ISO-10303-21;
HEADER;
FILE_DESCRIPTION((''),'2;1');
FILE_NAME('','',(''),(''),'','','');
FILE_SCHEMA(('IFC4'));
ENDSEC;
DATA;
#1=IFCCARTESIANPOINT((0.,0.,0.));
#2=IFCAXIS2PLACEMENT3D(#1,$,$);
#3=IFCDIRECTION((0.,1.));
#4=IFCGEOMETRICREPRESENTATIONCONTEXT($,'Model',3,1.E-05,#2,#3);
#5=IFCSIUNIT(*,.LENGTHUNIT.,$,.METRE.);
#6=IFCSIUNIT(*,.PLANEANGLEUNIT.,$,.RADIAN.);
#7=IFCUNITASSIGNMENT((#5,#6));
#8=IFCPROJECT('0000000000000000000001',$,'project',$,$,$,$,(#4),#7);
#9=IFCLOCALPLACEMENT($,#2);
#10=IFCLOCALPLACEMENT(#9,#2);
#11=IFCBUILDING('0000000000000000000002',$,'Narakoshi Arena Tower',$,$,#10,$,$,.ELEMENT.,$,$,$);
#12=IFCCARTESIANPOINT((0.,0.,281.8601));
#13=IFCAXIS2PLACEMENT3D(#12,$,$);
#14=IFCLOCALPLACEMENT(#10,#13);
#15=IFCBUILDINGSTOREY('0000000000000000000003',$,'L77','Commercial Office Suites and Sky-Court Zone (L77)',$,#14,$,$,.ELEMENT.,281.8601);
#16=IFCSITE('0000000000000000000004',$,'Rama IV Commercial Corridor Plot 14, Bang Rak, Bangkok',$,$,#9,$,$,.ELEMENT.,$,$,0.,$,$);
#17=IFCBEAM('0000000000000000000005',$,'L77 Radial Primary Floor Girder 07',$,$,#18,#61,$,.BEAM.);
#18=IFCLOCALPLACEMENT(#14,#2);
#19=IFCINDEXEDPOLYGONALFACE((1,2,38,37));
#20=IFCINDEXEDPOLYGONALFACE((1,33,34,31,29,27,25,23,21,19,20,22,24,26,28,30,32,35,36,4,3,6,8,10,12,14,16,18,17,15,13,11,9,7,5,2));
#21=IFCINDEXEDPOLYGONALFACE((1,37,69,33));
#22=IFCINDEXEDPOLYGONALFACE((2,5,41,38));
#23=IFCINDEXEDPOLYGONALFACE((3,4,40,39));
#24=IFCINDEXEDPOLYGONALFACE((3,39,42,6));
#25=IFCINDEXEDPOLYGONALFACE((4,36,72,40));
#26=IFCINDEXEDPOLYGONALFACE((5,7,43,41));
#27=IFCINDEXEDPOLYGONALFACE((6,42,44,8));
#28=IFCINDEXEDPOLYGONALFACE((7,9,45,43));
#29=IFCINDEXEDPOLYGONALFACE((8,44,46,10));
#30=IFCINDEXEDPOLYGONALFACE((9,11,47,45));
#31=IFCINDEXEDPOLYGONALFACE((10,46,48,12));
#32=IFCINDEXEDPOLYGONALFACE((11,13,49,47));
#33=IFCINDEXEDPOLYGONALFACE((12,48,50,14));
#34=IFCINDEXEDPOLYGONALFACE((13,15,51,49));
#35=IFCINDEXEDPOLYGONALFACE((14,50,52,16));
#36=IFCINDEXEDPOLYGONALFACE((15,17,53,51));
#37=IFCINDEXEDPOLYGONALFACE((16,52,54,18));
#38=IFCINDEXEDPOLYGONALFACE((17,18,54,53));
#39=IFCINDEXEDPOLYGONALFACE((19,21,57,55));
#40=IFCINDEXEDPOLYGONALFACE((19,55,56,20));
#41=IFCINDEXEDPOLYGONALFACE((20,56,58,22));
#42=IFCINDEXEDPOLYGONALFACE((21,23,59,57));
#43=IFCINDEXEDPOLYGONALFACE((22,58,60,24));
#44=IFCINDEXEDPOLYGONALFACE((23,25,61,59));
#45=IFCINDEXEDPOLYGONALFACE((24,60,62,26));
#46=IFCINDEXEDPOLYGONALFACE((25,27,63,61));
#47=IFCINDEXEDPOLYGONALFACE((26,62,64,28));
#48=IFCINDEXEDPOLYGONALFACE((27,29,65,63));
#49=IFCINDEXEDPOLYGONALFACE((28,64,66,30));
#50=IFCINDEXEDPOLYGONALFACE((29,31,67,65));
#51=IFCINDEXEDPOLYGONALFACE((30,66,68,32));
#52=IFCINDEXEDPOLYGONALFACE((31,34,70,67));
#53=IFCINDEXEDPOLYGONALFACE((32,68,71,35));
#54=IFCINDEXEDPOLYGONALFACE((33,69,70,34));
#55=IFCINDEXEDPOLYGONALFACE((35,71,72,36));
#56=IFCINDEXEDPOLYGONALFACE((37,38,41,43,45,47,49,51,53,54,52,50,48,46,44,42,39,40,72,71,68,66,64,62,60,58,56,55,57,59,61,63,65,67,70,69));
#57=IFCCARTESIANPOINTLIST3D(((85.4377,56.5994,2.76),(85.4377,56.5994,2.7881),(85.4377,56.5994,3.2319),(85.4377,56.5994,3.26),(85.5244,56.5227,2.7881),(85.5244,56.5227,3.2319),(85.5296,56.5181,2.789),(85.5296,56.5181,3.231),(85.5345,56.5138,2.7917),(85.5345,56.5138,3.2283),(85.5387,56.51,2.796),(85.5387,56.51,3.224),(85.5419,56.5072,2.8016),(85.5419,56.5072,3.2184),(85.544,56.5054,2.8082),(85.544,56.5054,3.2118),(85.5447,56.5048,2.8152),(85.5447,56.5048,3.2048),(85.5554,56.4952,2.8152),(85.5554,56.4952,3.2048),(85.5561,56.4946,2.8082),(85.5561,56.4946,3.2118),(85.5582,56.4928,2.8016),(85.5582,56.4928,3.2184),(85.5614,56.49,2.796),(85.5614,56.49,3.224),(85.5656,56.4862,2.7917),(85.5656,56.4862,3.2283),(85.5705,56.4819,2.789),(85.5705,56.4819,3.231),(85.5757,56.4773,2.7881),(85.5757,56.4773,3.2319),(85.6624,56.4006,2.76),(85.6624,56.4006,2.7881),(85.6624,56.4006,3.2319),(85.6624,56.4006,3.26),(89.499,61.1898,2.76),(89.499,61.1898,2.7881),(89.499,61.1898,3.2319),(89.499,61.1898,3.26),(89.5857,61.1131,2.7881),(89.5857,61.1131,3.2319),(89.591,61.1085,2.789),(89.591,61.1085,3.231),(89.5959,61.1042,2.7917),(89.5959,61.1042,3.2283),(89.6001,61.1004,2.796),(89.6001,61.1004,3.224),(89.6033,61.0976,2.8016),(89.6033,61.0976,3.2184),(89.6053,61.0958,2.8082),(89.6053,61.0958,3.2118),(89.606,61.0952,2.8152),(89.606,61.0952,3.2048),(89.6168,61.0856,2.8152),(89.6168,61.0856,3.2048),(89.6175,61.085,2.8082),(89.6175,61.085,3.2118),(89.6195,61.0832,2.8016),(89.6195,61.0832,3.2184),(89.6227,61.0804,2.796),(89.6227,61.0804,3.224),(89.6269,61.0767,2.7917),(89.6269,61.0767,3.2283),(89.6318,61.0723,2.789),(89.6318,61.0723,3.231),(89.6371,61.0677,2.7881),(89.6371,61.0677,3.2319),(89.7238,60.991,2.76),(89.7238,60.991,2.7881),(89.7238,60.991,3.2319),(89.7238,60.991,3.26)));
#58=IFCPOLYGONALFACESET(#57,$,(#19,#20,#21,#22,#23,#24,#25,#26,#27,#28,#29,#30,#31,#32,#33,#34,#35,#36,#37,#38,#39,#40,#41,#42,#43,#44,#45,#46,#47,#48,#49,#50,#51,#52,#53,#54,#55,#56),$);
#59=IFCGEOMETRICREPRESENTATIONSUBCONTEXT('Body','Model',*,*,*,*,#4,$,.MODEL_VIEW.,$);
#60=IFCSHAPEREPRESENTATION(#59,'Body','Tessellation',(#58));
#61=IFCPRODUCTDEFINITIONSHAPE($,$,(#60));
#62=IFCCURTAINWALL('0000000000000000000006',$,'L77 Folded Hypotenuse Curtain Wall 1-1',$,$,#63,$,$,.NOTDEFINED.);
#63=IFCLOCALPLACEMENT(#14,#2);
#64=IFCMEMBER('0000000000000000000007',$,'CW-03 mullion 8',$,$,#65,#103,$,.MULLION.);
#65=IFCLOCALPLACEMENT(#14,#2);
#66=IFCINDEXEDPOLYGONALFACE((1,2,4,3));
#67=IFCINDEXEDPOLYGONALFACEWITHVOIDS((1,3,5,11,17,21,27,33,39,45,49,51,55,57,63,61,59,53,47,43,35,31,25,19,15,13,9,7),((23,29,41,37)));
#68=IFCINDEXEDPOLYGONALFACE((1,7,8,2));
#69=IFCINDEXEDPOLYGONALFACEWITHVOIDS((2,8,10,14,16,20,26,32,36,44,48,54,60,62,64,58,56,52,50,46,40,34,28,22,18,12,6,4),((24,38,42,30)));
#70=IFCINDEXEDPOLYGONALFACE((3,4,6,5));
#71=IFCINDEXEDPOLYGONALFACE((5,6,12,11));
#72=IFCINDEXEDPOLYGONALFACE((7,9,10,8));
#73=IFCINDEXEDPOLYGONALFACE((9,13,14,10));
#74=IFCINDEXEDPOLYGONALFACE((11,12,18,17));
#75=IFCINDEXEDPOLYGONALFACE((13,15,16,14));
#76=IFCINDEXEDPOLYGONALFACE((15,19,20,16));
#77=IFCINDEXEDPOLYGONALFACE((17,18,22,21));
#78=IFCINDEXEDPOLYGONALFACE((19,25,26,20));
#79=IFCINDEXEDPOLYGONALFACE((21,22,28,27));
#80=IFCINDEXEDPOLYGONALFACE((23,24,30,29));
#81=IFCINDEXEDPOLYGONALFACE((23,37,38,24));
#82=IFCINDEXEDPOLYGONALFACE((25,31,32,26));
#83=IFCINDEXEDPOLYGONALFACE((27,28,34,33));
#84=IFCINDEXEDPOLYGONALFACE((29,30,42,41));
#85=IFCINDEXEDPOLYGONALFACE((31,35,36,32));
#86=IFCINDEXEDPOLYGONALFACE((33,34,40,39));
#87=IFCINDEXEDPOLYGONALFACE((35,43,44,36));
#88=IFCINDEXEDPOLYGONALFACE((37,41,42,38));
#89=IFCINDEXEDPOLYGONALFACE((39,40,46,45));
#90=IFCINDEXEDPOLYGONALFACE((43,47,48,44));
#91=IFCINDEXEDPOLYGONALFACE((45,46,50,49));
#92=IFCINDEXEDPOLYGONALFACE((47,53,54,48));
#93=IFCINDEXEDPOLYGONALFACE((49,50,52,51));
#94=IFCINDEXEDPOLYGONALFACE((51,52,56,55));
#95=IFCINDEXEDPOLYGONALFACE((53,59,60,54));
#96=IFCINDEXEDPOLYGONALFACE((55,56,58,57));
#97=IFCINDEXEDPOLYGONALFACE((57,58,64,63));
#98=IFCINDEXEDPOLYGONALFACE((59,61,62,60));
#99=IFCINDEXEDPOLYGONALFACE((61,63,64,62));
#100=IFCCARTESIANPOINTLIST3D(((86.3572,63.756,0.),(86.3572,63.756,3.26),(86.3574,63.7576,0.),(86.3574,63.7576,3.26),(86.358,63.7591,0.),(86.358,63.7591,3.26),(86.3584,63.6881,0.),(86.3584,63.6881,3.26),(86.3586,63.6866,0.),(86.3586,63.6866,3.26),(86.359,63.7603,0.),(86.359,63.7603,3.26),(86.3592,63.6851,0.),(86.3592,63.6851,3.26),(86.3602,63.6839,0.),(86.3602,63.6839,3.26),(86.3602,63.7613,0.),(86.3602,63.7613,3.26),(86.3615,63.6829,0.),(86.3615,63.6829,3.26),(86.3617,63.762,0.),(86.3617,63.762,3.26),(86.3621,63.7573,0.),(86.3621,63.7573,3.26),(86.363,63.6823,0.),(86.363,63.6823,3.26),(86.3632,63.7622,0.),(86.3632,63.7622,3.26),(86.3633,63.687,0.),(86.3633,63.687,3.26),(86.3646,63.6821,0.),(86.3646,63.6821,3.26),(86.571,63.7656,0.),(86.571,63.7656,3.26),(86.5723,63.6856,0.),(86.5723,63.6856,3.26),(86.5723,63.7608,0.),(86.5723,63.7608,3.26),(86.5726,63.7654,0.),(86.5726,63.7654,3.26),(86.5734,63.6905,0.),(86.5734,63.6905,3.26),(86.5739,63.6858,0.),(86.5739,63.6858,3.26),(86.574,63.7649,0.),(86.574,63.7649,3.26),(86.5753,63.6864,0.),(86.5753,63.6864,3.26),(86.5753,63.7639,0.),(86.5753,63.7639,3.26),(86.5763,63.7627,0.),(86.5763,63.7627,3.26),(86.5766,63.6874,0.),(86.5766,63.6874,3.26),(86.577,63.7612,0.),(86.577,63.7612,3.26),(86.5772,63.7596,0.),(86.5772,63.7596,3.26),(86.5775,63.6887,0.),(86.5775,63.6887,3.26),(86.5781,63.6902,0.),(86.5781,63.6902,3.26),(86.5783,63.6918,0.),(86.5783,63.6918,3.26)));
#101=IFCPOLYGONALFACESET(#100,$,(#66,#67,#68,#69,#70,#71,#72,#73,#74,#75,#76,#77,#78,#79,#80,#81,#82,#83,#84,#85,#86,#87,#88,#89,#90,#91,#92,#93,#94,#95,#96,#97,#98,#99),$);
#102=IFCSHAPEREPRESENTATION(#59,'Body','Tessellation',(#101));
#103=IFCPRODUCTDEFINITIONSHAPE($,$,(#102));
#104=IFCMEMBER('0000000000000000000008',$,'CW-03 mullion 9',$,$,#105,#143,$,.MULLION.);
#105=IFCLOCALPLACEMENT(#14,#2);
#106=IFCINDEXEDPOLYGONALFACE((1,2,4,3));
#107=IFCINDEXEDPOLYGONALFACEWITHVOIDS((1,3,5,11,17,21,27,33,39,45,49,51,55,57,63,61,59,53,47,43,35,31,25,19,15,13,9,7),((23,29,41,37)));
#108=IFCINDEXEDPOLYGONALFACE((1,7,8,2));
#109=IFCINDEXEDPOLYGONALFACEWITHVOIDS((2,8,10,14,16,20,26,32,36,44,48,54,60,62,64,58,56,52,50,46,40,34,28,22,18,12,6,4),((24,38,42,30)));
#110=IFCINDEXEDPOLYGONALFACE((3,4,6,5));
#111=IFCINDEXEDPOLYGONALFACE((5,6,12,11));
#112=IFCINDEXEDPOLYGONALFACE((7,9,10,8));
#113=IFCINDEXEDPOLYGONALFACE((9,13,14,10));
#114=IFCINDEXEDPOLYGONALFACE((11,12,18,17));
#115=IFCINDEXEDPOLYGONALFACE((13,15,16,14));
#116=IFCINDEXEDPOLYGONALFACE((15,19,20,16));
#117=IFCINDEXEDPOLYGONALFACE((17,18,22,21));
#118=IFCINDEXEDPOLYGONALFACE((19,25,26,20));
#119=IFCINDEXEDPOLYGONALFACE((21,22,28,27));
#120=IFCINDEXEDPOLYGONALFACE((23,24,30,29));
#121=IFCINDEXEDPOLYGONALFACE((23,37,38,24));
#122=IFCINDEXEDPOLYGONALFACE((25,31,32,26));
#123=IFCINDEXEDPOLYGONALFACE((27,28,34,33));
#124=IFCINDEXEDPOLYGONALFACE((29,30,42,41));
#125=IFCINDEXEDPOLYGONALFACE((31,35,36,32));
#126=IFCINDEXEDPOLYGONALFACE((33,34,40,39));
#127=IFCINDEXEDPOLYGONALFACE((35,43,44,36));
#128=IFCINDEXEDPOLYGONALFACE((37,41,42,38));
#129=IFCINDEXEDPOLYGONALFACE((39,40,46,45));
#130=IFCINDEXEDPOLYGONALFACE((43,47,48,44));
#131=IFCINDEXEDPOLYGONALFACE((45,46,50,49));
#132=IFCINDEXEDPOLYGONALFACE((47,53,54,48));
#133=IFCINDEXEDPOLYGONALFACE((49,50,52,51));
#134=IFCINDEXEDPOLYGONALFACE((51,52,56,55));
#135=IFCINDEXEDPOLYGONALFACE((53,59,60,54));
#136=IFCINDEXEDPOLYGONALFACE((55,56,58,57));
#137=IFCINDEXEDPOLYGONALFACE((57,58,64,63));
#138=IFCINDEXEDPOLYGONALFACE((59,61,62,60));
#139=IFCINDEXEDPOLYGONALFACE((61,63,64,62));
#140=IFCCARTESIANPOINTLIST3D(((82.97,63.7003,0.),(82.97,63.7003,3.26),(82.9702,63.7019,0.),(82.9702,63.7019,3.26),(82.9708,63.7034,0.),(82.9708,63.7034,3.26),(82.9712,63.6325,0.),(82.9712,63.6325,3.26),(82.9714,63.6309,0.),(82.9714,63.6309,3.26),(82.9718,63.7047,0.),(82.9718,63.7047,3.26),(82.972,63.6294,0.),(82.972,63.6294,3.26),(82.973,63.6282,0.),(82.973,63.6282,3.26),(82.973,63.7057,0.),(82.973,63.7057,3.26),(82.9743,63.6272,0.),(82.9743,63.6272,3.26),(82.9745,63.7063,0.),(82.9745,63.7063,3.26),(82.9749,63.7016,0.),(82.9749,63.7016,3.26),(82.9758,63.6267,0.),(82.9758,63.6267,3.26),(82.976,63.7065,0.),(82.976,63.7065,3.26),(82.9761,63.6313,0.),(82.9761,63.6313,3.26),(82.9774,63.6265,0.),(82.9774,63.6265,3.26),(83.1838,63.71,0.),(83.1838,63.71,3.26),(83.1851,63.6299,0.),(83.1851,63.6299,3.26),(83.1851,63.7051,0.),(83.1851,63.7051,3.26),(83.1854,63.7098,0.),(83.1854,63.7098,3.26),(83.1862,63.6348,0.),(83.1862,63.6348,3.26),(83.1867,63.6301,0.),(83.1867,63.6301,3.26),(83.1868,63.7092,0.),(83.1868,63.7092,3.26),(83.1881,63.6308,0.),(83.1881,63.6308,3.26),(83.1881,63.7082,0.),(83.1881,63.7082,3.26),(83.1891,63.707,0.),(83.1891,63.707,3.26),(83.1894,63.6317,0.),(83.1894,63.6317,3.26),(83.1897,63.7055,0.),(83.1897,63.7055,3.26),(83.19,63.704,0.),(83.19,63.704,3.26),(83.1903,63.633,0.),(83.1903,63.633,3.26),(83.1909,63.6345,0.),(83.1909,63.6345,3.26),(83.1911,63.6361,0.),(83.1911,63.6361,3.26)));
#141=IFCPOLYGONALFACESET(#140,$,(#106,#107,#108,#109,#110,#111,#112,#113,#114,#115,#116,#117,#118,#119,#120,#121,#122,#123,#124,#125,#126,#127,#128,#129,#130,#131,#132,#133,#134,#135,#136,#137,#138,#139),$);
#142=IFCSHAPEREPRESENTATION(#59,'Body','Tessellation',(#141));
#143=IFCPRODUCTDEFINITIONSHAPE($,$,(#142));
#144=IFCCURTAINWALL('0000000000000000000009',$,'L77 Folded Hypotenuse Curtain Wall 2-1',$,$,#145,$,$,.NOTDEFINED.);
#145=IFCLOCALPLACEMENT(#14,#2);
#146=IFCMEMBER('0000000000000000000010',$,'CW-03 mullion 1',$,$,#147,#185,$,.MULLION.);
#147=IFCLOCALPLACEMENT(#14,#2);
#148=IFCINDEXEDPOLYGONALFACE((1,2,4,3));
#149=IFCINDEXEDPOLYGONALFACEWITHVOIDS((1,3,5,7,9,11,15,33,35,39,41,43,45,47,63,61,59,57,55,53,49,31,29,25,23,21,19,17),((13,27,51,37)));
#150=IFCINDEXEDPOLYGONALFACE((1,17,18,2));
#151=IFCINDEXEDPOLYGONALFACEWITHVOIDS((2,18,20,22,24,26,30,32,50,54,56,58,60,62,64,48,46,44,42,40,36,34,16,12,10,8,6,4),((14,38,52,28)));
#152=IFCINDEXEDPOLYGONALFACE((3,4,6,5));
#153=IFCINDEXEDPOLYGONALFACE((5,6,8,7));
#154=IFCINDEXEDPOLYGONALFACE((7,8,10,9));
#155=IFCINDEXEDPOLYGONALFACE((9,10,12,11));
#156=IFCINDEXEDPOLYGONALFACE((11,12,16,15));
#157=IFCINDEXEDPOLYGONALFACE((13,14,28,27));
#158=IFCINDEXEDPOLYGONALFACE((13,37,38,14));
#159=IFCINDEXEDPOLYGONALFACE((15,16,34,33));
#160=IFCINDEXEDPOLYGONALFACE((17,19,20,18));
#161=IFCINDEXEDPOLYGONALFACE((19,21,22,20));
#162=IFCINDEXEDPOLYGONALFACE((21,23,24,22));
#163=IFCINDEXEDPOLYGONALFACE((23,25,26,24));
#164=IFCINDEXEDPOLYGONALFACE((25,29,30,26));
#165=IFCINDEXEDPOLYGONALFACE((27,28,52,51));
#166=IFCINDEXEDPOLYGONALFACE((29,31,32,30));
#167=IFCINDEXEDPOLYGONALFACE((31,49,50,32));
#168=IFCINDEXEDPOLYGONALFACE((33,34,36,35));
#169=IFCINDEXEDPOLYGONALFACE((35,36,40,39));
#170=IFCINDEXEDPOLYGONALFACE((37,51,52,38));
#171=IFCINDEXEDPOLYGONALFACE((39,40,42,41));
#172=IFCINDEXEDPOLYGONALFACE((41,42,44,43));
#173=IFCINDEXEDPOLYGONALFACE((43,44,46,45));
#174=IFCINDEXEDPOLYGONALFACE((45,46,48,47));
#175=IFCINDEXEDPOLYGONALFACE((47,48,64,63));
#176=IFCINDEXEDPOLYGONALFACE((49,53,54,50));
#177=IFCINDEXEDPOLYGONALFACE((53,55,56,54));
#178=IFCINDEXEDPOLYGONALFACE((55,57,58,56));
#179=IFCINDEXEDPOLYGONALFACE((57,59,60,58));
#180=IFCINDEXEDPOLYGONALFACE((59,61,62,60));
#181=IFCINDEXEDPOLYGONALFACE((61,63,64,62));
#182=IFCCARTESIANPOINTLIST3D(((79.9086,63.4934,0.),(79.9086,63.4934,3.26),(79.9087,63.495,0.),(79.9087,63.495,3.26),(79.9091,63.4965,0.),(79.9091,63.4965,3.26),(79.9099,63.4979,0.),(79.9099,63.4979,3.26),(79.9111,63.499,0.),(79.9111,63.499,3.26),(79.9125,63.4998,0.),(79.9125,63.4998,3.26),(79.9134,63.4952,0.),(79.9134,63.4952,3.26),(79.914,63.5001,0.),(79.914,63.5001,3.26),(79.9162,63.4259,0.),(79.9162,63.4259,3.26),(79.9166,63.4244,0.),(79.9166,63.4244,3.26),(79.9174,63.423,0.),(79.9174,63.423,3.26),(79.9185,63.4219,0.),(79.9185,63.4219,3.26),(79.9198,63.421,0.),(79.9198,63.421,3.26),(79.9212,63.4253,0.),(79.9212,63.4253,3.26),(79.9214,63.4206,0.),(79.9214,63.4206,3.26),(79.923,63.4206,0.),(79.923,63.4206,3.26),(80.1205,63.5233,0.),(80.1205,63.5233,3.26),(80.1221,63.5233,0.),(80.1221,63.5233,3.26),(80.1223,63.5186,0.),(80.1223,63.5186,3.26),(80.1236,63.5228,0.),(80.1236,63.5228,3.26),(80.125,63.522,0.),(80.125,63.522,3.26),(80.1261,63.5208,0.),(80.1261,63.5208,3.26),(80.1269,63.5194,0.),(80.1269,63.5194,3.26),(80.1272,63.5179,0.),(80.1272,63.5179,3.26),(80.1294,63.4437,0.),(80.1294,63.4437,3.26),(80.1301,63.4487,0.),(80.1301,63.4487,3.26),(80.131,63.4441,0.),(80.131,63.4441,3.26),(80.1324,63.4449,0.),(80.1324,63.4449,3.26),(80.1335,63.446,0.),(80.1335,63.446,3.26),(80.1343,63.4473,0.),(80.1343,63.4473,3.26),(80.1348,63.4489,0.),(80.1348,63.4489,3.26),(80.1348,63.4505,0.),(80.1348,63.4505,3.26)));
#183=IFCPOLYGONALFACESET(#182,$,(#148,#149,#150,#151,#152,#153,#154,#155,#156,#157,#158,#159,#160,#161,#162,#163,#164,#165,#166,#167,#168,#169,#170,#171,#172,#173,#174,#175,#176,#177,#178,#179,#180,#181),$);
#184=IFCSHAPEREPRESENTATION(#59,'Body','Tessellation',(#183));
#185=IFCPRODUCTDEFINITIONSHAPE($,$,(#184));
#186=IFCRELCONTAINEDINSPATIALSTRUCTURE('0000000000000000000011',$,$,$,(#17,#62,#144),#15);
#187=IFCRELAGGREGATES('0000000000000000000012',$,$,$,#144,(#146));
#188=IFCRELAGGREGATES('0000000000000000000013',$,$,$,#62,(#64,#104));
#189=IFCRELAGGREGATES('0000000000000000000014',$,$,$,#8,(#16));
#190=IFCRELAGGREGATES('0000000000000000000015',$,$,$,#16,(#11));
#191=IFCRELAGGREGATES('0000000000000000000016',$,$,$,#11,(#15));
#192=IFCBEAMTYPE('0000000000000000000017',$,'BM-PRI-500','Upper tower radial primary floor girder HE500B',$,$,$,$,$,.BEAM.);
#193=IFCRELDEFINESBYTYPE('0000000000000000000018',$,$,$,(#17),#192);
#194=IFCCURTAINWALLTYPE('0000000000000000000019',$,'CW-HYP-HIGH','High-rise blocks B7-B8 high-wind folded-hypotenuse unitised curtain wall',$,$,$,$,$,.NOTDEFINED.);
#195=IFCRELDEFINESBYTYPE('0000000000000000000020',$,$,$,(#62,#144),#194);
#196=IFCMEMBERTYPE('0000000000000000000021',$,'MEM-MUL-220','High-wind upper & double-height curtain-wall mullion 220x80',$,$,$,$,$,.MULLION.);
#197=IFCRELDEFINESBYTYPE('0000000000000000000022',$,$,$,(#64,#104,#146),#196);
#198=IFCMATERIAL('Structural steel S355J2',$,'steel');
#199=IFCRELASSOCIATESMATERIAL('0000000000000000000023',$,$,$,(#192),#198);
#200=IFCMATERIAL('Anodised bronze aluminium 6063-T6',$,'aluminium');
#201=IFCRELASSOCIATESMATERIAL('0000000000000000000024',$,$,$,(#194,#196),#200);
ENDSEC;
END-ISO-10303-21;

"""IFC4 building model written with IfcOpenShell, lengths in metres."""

from ifc_helpers import new_model, si_unit, direction, frame, origin, origin_2d, place, context, subcontext, project, spatial, hollow_rectangle, i_section, extrude, material, material_profile, profile_set, type_object, element, aggregate, save


model = new_model("IFC4")

# Units and contexts
model_context = context("Model", 3, precision=1e-05, world=origin(), true_north=direction((0.0, 1.0)))
body_context = subcontext(model_context, "Body", "Model", "MODEL_VIEW")
ifc_project = project(units=[si_unit("LENGTHUNIT", "METRE"), si_unit("PLANEANGLEUNIT", "RADIAN")], contexts=[model_context])

# Site, building, storey
site_placement = place(None, origin())
site = spatial("IfcSite", under=ifc_project, at=site_placement, Name="Rama IV Commercial Corridor Plot 14, Bang Rak, Bangkok", CompositionType="ELEMENT", RefElevation=0.0)
building_placement = place(site_placement, origin())
building = spatial("IfcBuilding", under=site, at=building_placement, Name="Narakoshi Arena Tower", CompositionType="ELEMENT")
storey_placement = place(building_placement, frame((0.0, 0.0, 281.8601)))
storey = spatial("IfcBuildingStorey", under=building, at=storey_placement, Name="L77", Description="Commercial Office Suites and Sky-Court Zone (L77)", CompositionType="ELEMENT", Elevation=281.8601)

# Beam
ifc_material_1 = material(Name="Structural steel S355J2", Category="steel")
ifc_material_profile_1 = material_profile(ifc_material_1, i_section(OverallWidth=0.3, OverallDepth=0.5, WebThickness=0.0144, FlangeThickness=0.0281, FilletRadius=0.0271, at=origin_2d()), Name="HE500B")
ifc_profile_set_1 = profile_set([ifc_material_profile_1], Name="Structural steel S355J2")
beam_type = type_object("IfcBeamType", Name="BM-PRI-500", Description="Upper tower radial primary floor girder HE500B", PredefinedType="BEAM", material=ifc_profile_set_1)
beam_placement = place(storey_placement, frame((85.55, 56.5, 3.01), z_axis=(0.662629, 0.748948, 0.0), x_axis=(-0.748948, 0.662629, 0.0)))
element("IfcBeam", 1, at=beam_placement, inside=storey, type_object=beam_type, Name="L77 Radial Primary Floor Girder 07", PredefinedType="BEAM", context=body_context, shape_type="SweptSolid", body=[
    extrude(i_section(OverallWidth=0.3, OverallDepth=0.5, WebThickness=0.0144, FlangeThickness=0.0281, FilletRadius=0.0271, at=origin_2d()), origin(), (0.0, 0.0, 1.0), 6.1292),
])

# Curtain wall, members
ifc_material_2 = material(Name="Anodised bronze aluminium 6063-T6", Category="aluminium")
curtain_wall_type = type_object("IfcCurtainWallType", Name="CW-HYP-HIGH", Description="High-rise blocks B7-B8 high-wind folded-hypotenuse unitised curtain wall", PredefinedType="NOTDEFINED", material=ifc_material_2)
curtain_wall_1_placement = place(storey_placement, origin())
curtain_wall_1 = element("IfcCurtainWall", 2, at=curtain_wall_1_placement, inside=storey, type_object=curtain_wall_type, Name="L77 Folded Hypotenuse Curtain Wall 1-1", PredefinedType="NOTDEFINED")
ifc_material_profile_2 = material_profile(ifc_material_2, hollow_rectangle(XDim=0.0801, YDim=0.22, WallThickness=0.0049, OuterFilletRadius=0.0061, at=origin_2d()), Name="MUL220x80x5")
ifc_profile_set_2 = profile_set([ifc_material_profile_2], Name="Anodised bronze aluminium 6063-T6")
member_type_1 = type_object("IfcMemberType", Name="MEM-MUL-220", Description="High-wind upper & double-height curtain-wall mullion 220x80", PredefinedType="MULLION", material=ifc_profile_set_2)
member_1_placement = place(storey_placement, frame((86.4678, 63.7239, 0.0), z_axis=(0.0, 0.0, 1.0), x_axis=(0.016443, -0.999865, 0.0)))
member_1 = element("IfcMember", 3, at=member_1_placement, type_object=member_type_1, Name="CW-03 mullion 8", PredefinedType="MULLION", context=body_context, shape_type="SweptSolid", body=[
    extrude(hollow_rectangle(XDim=0.0801, YDim=0.22, WallThickness=0.0049, OuterFilletRadius=0.0061, at=origin_2d()), origin(), (0.0, 0.0, 1.0), 3.26),
])
member_2_placement = place(storey_placement, frame((83.0806, 63.6682, 0.0), z_axis=(0.0, 0.0, 1.0), x_axis=(0.016443, -0.999865, 0.0)))
member_2 = element("IfcMember", 4, at=member_2_placement, type_object=member_type_1, Name="CW-03 mullion 9", PredefinedType="MULLION", context=body_context, shape_type="SweptSolid", body=[
    extrude(hollow_rectangle(XDim=0.0801, YDim=0.22, WallThickness=0.0049, OuterFilletRadius=0.0061, at=origin_2d()), origin(), (0.0, 0.0, 1.0), 3.26),
])

# Curtain wall, member
curtain_wall_2_placement = place(storey_placement, origin())
curtain_wall_2 = element("IfcCurtainWall", 5, at=curtain_wall_2_placement, inside=storey, type_object=curtain_wall_type, Name="L77 Folded Hypotenuse Curtain Wall 2-1", PredefinedType="NOTDEFINED")
member_3_placement = place(storey_placement, frame((80.0217, 63.4719, 0.0), z_axis=(0.0, 0.0, 1.0), x_axis=(0.111396, -0.993776, 0.0)))
member_3 = element("IfcMember", 6, at=member_3_placement, type_object=member_type_1, Name="CW-03 mullion 1", PredefinedType="MULLION", context=body_context, shape_type="SweptSolid", body=[
    extrude(hollow_rectangle(XDim=0.0801, YDim=0.22, WallThickness=0.0049, OuterFilletRadius=0.0061, at=origin_2d()), origin(), (0.0, 0.0, 1.0), 3.26),
])

aggregate(curtain_wall_2, [member_3])

aggregate(curtain_wall_1, [member_1, member_2])

save(model, "model.ifc")
